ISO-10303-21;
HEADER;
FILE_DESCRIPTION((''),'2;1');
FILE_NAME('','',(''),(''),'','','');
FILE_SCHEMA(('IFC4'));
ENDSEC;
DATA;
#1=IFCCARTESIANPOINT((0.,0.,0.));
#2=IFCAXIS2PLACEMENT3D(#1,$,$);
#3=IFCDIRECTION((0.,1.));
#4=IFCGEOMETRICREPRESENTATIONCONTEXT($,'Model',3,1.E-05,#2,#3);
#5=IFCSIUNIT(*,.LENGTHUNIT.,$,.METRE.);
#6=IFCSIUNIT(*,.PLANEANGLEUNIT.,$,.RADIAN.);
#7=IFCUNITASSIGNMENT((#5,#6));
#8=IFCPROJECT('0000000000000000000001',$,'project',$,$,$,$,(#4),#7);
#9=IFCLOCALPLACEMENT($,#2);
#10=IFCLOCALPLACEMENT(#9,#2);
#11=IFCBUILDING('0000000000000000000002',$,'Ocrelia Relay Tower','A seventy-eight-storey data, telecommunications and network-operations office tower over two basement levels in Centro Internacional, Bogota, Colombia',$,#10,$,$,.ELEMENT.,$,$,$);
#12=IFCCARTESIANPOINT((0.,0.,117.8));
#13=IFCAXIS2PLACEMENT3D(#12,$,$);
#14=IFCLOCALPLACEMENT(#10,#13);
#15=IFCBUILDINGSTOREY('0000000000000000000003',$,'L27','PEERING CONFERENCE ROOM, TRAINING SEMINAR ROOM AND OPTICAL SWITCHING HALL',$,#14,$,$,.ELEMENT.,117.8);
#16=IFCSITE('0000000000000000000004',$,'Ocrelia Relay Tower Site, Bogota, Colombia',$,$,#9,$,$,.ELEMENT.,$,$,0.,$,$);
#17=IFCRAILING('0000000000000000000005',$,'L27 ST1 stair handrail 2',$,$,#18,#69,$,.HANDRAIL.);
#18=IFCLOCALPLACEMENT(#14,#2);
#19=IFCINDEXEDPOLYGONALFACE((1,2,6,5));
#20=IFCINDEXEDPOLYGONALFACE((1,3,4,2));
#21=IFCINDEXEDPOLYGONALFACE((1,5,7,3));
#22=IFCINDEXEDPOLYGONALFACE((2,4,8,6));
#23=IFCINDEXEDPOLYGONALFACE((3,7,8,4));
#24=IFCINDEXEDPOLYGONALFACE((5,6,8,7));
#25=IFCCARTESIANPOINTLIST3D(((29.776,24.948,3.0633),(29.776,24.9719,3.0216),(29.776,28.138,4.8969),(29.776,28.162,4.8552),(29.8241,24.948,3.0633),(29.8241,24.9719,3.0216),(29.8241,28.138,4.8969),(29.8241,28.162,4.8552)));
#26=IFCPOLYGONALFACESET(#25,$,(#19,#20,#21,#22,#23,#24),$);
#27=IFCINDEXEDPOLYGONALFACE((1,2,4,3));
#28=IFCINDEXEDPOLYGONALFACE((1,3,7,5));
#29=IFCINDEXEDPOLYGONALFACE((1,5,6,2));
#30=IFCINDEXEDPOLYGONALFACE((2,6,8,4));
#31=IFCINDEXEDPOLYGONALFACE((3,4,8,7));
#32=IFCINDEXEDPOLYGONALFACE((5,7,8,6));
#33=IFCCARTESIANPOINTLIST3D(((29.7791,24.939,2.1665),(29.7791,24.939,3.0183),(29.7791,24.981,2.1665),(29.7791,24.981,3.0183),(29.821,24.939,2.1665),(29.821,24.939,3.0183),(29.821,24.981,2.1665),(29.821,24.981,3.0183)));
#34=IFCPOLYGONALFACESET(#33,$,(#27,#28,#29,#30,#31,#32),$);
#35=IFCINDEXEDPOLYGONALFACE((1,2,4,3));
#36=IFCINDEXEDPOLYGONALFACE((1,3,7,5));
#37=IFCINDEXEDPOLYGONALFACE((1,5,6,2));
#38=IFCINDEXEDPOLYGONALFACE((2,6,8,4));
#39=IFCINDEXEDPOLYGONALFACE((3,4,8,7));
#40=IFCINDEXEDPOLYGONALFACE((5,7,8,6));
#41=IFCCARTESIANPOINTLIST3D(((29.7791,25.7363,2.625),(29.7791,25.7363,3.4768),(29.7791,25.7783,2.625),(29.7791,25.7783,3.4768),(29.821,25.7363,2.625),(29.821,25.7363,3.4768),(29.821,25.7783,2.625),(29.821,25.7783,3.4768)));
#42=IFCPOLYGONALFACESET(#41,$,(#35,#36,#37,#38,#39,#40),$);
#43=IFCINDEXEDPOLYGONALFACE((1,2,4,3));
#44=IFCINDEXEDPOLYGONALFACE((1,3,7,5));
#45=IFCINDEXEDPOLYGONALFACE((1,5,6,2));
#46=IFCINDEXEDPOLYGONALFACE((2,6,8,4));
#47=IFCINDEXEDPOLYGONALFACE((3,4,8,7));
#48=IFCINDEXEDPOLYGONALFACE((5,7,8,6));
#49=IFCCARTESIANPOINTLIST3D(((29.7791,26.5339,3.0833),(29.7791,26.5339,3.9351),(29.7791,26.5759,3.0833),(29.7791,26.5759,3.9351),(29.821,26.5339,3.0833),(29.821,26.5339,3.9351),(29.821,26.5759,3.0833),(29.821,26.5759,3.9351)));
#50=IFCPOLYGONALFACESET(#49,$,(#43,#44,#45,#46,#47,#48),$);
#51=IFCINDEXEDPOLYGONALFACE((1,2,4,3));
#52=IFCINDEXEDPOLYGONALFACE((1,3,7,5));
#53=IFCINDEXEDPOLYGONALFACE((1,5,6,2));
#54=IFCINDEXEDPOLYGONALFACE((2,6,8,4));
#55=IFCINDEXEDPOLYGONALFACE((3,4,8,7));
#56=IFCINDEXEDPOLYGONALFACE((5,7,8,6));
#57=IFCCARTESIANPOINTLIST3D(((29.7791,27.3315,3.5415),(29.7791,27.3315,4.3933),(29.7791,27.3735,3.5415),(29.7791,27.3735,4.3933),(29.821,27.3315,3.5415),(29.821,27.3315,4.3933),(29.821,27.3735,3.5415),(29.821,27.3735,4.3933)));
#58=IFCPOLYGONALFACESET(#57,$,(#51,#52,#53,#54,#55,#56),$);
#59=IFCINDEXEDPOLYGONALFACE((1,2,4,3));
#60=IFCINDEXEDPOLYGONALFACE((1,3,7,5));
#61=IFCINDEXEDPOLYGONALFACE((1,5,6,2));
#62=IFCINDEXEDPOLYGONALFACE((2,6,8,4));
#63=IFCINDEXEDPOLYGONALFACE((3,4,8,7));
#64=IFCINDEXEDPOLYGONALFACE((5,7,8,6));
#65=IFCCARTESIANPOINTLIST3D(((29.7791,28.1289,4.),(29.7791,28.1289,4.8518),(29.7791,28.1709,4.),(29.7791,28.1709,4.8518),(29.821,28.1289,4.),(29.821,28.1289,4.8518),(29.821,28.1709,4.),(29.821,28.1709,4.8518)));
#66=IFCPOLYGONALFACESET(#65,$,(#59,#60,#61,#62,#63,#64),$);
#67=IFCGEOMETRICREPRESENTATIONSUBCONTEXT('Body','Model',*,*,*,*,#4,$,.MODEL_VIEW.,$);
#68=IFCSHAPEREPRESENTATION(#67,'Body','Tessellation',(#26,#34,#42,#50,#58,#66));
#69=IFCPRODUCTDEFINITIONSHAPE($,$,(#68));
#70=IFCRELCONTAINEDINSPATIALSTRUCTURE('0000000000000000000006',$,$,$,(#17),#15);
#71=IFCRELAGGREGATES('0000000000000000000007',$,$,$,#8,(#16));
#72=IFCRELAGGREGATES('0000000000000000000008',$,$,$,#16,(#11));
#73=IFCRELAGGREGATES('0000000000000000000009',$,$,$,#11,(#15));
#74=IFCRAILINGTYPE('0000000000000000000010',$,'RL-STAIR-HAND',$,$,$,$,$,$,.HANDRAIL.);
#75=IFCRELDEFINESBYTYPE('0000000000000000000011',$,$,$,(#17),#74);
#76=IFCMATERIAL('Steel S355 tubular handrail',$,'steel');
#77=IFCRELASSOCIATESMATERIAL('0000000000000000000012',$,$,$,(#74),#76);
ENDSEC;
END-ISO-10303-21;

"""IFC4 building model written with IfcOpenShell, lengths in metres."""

from ifc_helpers import new_model, si_unit, direction, frame, origin, origin_2d, place, context, subcontext, project, spatial, rectangle, extrude, material, type_object, element, save


model = new_model("IFC4")

# Units and contexts
model_context = context("Model", 3, precision=1e-05, world=origin(), true_north=direction((0.0, 1.0)))
body_context = subcontext(model_context, "Body", "Model", "MODEL_VIEW")
ifc_project = project(units=[si_unit("LENGTHUNIT", "METRE"), si_unit("PLANEANGLEUNIT", "RADIAN")], contexts=[model_context])

# Site, building, storey
site_placement = place(None, origin())
site = spatial("IfcSite", under=ifc_project, at=site_placement, Name="Ocrelia Relay Tower Site, Bogota, Colombia", CompositionType="ELEMENT", RefElevation=0.0)
building_placement = place(site_placement, origin())
building = spatial("IfcBuilding", under=site, at=building_placement, Name="Ocrelia Relay Tower", Description="A seventy-eight-storey data, telecommunications and network-operations office tower over two basement levels in Centro Internacional, Bogota, Colombia", CompositionType="ELEMENT")
storey_placement = place(building_placement, frame((0.0, 0.0, 117.8)))
storey = spatial("IfcBuildingStorey", under=building, at=storey_placement, Name="L27", Description="PEERING CONFERENCE ROOM, TRAINING SEMINAR ROOM AND OPTICAL SWITCHING HALL", CompositionType="ELEMENT", Elevation=117.8)

# Railing
ifc_material_1 = material(Name="Steel S355 tubular handrail", Category="steel")
railing_type_1 = type_object("IfcRailingType", Name="RL-STAIR-HAND", PredefinedType="HANDRAIL", material=ifc_material_1)
railing_1_placement = place(storey_placement, frame((29.8, 24.96, 2.1665)))
element("IfcRailing", 1, at=railing_1_placement, inside=storey, type_object=railing_type_1, Name="L27 ST1 stair handrail 2", PredefinedType="HANDRAIL", context=body_context, shape_type="SweptSolid", body=[
    extrude(rectangle(XDim=0.0481, YDim=0.0481, at=origin_2d()), frame((0.0, 0.0, 0.876), z_axis=(0.0, 0.866991, 0.498324), x_axis=(-1.0, 0.0, 0.0)), (0.0, 0.0, 1.0), 3.6794),
    extrude(rectangle(XDim=0.042, YDim=0.042, at=origin_2d()), origin(), (0.0, 0.0, 1.0), 0.8518),
    extrude(rectangle(XDim=0.042, YDim=0.042, at=origin_2d()), frame((0.0, 0.7974, 0.4585)), (0.0, 0.0, 1.0), 0.8518),
    extrude(rectangle(XDim=0.042, YDim=0.042, at=origin_2d()), frame((0.0, 1.595, 0.9167)), (0.0, 0.0, 1.0), 0.8518),
    extrude(rectangle(XDim=0.042, YDim=0.042, at=origin_2d()), frame((0.0, 2.3926, 1.375)), (0.0, 0.0, 1.0), 0.8518),
    extrude(rectangle(XDim=0.042, YDim=0.042, at=origin_2d()), frame((0.0, 3.1899, 1.8335)), (0.0, 0.0, 1.0), 0.8518),
])

save(model, "model.ifc")
